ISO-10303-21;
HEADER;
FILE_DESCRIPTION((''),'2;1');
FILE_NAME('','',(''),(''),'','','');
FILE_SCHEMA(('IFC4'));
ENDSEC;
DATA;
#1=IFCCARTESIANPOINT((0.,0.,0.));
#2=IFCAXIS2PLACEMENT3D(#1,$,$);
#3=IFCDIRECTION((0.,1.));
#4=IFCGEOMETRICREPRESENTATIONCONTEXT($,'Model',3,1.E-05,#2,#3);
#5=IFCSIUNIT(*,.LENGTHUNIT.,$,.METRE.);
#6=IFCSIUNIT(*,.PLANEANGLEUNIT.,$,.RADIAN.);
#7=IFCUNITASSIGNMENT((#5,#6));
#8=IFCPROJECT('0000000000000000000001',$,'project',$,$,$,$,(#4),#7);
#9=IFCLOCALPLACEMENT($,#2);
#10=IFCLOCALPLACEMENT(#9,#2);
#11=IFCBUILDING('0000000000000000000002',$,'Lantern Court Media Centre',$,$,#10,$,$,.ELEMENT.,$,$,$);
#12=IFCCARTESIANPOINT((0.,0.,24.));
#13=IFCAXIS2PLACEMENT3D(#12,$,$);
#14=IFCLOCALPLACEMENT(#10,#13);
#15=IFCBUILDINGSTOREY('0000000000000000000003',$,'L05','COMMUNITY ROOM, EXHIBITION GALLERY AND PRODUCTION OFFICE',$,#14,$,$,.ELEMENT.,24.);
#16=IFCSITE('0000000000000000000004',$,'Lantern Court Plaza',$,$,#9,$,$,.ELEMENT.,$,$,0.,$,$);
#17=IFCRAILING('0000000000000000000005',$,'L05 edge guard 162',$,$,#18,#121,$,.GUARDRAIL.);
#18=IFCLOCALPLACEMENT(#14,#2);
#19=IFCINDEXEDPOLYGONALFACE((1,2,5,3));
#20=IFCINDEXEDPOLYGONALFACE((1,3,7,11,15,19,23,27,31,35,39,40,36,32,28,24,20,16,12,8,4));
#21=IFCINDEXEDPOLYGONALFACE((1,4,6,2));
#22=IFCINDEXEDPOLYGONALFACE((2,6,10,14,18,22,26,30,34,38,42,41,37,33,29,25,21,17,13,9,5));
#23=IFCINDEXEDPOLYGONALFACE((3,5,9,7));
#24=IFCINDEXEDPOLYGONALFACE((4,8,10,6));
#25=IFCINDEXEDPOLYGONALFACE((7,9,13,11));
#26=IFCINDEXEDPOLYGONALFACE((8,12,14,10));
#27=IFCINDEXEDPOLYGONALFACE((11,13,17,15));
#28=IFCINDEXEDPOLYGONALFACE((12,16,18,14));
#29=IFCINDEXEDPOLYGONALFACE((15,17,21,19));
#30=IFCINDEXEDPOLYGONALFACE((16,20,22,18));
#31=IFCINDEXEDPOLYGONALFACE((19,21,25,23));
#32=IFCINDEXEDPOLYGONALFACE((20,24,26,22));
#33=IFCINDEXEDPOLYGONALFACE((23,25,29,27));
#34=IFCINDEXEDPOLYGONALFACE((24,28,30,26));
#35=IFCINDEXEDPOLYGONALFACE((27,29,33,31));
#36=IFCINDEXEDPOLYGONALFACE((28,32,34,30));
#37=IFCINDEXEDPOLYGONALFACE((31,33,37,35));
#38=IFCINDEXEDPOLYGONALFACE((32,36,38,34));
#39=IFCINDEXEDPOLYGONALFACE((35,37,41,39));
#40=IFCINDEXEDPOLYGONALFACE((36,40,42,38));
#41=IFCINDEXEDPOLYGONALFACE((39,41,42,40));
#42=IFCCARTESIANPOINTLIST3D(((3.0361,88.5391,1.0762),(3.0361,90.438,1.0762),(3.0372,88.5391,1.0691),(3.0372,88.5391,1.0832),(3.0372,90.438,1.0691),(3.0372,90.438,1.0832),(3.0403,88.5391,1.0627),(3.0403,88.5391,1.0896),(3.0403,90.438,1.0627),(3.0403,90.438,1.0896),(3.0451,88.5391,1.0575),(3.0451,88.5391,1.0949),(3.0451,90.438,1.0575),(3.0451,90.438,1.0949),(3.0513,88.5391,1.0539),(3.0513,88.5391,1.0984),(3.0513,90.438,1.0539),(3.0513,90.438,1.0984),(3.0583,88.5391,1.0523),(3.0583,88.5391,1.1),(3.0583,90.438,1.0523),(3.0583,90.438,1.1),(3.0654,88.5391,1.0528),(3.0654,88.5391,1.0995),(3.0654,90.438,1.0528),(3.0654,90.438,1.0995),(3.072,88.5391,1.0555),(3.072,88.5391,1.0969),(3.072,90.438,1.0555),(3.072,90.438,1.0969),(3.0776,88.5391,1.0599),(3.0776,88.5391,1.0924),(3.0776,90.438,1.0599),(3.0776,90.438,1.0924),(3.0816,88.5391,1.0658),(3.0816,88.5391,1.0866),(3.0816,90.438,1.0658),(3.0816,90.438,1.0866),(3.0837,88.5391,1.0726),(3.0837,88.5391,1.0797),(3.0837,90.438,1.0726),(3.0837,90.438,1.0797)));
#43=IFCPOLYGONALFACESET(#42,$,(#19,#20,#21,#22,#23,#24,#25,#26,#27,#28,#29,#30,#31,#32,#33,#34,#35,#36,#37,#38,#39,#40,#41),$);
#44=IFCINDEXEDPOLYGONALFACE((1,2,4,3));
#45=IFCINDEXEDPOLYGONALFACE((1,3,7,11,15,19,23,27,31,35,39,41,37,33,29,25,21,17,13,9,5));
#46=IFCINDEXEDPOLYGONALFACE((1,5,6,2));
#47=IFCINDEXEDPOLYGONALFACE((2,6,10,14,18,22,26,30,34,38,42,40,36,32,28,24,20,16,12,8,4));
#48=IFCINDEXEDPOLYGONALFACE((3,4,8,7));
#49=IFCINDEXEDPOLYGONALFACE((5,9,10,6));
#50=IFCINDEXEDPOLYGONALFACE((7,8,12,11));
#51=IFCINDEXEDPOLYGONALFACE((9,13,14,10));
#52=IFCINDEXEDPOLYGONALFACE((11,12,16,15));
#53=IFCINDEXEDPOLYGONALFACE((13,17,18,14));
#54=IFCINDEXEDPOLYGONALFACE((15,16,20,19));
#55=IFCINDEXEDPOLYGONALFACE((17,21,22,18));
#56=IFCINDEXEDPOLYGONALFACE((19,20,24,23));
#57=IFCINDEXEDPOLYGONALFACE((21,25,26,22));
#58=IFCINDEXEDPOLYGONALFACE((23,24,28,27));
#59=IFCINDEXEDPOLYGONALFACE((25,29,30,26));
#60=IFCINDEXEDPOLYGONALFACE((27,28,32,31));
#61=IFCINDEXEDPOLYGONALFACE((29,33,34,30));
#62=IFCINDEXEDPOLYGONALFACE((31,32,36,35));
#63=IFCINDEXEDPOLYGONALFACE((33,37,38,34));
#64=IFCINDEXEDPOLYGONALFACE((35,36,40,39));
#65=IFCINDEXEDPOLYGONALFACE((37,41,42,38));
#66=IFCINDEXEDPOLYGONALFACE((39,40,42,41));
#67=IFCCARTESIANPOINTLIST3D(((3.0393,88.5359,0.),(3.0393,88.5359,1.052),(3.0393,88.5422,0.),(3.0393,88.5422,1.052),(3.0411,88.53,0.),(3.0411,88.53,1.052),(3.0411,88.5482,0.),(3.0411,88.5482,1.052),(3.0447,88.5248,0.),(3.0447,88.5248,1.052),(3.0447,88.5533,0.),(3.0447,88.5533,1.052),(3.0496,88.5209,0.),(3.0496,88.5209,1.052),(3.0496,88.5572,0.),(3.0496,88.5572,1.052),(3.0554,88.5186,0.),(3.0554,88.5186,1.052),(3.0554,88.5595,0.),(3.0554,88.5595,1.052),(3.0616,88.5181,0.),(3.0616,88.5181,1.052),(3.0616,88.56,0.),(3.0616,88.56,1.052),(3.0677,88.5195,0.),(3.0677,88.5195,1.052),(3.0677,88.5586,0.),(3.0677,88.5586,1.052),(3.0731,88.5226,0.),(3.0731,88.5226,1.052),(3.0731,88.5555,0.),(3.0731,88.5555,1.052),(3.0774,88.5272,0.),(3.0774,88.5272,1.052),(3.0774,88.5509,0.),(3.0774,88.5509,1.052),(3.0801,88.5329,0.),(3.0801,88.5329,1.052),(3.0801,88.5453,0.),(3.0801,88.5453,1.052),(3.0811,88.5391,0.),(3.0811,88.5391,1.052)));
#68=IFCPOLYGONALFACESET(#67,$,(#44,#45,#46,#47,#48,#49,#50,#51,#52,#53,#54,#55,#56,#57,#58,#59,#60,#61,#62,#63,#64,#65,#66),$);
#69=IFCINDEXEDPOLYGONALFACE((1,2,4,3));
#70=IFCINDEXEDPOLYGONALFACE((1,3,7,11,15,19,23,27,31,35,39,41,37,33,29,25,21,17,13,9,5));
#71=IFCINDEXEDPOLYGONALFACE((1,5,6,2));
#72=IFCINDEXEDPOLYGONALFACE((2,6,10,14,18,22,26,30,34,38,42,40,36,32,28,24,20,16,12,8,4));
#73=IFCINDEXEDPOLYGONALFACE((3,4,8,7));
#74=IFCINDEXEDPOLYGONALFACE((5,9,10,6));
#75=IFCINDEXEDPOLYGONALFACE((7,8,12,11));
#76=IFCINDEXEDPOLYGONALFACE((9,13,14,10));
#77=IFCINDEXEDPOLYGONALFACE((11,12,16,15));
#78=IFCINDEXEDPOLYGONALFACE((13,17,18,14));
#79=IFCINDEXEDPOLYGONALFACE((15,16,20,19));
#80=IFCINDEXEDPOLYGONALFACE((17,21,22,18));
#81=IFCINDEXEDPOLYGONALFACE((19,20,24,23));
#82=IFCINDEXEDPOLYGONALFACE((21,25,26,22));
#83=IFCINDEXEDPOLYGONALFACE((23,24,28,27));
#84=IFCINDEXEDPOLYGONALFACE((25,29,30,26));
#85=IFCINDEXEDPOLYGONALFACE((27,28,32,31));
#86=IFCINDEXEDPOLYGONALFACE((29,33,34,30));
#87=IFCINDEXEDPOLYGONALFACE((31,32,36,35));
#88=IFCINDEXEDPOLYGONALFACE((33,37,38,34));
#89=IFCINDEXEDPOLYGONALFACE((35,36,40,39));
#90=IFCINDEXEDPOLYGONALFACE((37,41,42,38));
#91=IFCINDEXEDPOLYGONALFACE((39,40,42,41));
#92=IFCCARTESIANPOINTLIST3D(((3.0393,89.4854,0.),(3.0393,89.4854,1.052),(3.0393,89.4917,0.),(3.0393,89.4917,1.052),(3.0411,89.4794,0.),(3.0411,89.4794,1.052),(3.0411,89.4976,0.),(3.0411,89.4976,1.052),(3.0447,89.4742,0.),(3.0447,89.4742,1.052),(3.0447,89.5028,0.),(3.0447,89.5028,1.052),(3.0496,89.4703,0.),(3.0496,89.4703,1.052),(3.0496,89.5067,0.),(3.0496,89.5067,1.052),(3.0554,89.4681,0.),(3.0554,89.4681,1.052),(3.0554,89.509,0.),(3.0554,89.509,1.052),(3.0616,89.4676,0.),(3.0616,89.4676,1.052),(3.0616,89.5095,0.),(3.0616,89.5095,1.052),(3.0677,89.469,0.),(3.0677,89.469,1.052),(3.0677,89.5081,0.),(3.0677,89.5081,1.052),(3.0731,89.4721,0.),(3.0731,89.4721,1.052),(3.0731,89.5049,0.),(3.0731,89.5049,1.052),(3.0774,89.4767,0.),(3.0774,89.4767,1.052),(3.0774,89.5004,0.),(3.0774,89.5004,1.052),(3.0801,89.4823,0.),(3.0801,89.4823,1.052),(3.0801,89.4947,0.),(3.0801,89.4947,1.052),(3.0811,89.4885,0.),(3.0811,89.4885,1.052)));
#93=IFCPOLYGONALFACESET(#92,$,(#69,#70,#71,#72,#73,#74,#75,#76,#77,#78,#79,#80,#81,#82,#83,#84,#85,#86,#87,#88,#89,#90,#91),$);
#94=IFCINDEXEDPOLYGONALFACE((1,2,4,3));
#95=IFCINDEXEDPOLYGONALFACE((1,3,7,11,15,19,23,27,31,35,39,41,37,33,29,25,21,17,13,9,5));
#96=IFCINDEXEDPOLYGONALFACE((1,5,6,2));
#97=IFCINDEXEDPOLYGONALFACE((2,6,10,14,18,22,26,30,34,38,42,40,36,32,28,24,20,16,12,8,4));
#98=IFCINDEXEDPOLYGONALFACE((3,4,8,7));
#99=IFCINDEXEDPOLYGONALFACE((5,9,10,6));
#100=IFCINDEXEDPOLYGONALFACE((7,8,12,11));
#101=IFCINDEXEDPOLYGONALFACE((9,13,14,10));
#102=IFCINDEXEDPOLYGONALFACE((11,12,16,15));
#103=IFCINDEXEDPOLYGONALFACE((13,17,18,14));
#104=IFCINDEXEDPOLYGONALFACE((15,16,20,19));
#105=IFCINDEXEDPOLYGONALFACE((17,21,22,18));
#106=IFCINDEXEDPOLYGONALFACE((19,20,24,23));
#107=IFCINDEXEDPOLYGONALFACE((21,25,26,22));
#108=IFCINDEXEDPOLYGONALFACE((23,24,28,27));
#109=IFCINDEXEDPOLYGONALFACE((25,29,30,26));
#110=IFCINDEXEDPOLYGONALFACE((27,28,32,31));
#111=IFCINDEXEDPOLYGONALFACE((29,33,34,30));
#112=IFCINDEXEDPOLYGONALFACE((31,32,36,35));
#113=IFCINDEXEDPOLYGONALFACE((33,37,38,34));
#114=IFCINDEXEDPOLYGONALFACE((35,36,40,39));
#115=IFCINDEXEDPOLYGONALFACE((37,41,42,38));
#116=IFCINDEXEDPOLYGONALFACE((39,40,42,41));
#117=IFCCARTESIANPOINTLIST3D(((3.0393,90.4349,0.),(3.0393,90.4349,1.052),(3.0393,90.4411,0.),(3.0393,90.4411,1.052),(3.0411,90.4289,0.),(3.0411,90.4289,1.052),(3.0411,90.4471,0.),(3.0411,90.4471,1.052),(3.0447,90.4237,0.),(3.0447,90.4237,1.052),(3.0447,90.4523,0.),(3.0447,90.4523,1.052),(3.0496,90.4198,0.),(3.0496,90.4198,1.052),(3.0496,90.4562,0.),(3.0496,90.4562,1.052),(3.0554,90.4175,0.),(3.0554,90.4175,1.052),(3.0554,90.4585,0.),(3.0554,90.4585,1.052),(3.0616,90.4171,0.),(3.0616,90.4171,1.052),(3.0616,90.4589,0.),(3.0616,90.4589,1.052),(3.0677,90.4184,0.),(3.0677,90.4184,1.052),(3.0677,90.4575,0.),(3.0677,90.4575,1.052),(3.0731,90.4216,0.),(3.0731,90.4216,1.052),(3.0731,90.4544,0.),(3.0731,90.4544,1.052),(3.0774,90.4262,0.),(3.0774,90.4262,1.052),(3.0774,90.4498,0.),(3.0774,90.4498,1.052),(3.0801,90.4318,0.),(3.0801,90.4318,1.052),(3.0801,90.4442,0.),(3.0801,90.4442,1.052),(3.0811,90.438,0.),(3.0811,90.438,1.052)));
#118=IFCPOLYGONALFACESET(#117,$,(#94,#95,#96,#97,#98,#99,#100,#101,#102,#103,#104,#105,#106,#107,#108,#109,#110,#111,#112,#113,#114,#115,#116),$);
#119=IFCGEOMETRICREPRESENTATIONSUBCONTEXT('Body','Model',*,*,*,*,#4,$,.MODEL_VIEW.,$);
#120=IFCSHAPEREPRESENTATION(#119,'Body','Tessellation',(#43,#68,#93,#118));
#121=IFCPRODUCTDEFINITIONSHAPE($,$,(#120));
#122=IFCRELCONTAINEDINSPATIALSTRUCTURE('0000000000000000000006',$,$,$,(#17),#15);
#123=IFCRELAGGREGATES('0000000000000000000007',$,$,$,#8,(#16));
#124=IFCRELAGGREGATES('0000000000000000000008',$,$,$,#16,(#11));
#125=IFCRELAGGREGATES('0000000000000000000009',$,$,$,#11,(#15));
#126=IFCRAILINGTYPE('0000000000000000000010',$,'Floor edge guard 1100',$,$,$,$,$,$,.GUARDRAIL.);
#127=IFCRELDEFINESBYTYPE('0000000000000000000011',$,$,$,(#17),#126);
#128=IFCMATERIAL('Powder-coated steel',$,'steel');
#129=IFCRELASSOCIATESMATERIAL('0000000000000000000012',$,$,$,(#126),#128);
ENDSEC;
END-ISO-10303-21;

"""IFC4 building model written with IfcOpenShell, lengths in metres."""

from ifc_helpers import new_model, si_unit, direction, frame, origin, origin_2d, place, context, subcontext, project, spatial, circle, extrude, material, type_object, element, save


model = new_model("IFC4")

# Units and contexts
model_context = context("Model", 3, precision=1e-05, world=origin(), true_north=direction((0.0, 1.0)))
body_context = subcontext(model_context, "Body", "Model", "MODEL_VIEW")
ifc_project = project(units=[si_unit("LENGTHUNIT", "METRE"), si_unit("PLANEANGLEUNIT", "RADIAN")], contexts=[model_context])

# Site, building, storey
site_placement = place(None, origin())
site = spatial("IfcSite", under=ifc_project, at=site_placement, Name="Lantern Court Plaza", CompositionType="ELEMENT", RefElevation=0.0)
building_placement = place(site_placement, origin())
building = spatial("IfcBuilding", under=site, at=building_placement, Name="Lantern Court Media Centre", CompositionType="ELEMENT")
storey_placement = place(building_placement, frame((0.0, 0.0, 24.0)))
storey = spatial("IfcBuildingStorey", under=building, at=storey_placement, Name="L05", Description="COMMUNITY ROOM, EXHIBITION GALLERY AND PRODUCTION OFFICE", CompositionType="ELEMENT", Elevation=24.0)

# Railing
ifc_material_1 = material(Name="Powder-coated steel", Category="steel")
railing_type = type_object("IfcRailingType", Name="Floor edge guard 1100", PredefinedType="GUARDRAIL", material=ifc_material_1)
railing_1_placement = place(storey_placement, frame((3.0601, 88.5391, 0.0)))
element("IfcRailing", 1, at=railing_1_placement, inside=storey, type_object=railing_type, Name="L05 edge guard 162", PredefinedType="GUARDRAIL", context=body_context, shape_type="SweptSolid", body=[
    extrude(circle(Radius=0.0239, at=origin_2d()), frame((0.0, 0.0, 1.0762), z_axis=(0.0, 1.0, 0.0), x_axis=(-1.0, 0.0, 0.0)), (0.0, 0.0, 1.0), 1.8989),
    extrude(circle(Radius=0.021, at=origin_2d()), origin(), (0.0, 0.0, 1.0), 1.052),
    extrude(circle(Radius=0.021, at=origin_2d()), frame((0.0, 0.9495, 0.0)), (0.0, 0.0, 1.0), 1.052),
    extrude(circle(Radius=0.021, at=origin_2d()), frame((0.0, 1.8989, 0.0)), (0.0, 0.0, 1.0), 1.052),
])

save(model, "model.ifc")
